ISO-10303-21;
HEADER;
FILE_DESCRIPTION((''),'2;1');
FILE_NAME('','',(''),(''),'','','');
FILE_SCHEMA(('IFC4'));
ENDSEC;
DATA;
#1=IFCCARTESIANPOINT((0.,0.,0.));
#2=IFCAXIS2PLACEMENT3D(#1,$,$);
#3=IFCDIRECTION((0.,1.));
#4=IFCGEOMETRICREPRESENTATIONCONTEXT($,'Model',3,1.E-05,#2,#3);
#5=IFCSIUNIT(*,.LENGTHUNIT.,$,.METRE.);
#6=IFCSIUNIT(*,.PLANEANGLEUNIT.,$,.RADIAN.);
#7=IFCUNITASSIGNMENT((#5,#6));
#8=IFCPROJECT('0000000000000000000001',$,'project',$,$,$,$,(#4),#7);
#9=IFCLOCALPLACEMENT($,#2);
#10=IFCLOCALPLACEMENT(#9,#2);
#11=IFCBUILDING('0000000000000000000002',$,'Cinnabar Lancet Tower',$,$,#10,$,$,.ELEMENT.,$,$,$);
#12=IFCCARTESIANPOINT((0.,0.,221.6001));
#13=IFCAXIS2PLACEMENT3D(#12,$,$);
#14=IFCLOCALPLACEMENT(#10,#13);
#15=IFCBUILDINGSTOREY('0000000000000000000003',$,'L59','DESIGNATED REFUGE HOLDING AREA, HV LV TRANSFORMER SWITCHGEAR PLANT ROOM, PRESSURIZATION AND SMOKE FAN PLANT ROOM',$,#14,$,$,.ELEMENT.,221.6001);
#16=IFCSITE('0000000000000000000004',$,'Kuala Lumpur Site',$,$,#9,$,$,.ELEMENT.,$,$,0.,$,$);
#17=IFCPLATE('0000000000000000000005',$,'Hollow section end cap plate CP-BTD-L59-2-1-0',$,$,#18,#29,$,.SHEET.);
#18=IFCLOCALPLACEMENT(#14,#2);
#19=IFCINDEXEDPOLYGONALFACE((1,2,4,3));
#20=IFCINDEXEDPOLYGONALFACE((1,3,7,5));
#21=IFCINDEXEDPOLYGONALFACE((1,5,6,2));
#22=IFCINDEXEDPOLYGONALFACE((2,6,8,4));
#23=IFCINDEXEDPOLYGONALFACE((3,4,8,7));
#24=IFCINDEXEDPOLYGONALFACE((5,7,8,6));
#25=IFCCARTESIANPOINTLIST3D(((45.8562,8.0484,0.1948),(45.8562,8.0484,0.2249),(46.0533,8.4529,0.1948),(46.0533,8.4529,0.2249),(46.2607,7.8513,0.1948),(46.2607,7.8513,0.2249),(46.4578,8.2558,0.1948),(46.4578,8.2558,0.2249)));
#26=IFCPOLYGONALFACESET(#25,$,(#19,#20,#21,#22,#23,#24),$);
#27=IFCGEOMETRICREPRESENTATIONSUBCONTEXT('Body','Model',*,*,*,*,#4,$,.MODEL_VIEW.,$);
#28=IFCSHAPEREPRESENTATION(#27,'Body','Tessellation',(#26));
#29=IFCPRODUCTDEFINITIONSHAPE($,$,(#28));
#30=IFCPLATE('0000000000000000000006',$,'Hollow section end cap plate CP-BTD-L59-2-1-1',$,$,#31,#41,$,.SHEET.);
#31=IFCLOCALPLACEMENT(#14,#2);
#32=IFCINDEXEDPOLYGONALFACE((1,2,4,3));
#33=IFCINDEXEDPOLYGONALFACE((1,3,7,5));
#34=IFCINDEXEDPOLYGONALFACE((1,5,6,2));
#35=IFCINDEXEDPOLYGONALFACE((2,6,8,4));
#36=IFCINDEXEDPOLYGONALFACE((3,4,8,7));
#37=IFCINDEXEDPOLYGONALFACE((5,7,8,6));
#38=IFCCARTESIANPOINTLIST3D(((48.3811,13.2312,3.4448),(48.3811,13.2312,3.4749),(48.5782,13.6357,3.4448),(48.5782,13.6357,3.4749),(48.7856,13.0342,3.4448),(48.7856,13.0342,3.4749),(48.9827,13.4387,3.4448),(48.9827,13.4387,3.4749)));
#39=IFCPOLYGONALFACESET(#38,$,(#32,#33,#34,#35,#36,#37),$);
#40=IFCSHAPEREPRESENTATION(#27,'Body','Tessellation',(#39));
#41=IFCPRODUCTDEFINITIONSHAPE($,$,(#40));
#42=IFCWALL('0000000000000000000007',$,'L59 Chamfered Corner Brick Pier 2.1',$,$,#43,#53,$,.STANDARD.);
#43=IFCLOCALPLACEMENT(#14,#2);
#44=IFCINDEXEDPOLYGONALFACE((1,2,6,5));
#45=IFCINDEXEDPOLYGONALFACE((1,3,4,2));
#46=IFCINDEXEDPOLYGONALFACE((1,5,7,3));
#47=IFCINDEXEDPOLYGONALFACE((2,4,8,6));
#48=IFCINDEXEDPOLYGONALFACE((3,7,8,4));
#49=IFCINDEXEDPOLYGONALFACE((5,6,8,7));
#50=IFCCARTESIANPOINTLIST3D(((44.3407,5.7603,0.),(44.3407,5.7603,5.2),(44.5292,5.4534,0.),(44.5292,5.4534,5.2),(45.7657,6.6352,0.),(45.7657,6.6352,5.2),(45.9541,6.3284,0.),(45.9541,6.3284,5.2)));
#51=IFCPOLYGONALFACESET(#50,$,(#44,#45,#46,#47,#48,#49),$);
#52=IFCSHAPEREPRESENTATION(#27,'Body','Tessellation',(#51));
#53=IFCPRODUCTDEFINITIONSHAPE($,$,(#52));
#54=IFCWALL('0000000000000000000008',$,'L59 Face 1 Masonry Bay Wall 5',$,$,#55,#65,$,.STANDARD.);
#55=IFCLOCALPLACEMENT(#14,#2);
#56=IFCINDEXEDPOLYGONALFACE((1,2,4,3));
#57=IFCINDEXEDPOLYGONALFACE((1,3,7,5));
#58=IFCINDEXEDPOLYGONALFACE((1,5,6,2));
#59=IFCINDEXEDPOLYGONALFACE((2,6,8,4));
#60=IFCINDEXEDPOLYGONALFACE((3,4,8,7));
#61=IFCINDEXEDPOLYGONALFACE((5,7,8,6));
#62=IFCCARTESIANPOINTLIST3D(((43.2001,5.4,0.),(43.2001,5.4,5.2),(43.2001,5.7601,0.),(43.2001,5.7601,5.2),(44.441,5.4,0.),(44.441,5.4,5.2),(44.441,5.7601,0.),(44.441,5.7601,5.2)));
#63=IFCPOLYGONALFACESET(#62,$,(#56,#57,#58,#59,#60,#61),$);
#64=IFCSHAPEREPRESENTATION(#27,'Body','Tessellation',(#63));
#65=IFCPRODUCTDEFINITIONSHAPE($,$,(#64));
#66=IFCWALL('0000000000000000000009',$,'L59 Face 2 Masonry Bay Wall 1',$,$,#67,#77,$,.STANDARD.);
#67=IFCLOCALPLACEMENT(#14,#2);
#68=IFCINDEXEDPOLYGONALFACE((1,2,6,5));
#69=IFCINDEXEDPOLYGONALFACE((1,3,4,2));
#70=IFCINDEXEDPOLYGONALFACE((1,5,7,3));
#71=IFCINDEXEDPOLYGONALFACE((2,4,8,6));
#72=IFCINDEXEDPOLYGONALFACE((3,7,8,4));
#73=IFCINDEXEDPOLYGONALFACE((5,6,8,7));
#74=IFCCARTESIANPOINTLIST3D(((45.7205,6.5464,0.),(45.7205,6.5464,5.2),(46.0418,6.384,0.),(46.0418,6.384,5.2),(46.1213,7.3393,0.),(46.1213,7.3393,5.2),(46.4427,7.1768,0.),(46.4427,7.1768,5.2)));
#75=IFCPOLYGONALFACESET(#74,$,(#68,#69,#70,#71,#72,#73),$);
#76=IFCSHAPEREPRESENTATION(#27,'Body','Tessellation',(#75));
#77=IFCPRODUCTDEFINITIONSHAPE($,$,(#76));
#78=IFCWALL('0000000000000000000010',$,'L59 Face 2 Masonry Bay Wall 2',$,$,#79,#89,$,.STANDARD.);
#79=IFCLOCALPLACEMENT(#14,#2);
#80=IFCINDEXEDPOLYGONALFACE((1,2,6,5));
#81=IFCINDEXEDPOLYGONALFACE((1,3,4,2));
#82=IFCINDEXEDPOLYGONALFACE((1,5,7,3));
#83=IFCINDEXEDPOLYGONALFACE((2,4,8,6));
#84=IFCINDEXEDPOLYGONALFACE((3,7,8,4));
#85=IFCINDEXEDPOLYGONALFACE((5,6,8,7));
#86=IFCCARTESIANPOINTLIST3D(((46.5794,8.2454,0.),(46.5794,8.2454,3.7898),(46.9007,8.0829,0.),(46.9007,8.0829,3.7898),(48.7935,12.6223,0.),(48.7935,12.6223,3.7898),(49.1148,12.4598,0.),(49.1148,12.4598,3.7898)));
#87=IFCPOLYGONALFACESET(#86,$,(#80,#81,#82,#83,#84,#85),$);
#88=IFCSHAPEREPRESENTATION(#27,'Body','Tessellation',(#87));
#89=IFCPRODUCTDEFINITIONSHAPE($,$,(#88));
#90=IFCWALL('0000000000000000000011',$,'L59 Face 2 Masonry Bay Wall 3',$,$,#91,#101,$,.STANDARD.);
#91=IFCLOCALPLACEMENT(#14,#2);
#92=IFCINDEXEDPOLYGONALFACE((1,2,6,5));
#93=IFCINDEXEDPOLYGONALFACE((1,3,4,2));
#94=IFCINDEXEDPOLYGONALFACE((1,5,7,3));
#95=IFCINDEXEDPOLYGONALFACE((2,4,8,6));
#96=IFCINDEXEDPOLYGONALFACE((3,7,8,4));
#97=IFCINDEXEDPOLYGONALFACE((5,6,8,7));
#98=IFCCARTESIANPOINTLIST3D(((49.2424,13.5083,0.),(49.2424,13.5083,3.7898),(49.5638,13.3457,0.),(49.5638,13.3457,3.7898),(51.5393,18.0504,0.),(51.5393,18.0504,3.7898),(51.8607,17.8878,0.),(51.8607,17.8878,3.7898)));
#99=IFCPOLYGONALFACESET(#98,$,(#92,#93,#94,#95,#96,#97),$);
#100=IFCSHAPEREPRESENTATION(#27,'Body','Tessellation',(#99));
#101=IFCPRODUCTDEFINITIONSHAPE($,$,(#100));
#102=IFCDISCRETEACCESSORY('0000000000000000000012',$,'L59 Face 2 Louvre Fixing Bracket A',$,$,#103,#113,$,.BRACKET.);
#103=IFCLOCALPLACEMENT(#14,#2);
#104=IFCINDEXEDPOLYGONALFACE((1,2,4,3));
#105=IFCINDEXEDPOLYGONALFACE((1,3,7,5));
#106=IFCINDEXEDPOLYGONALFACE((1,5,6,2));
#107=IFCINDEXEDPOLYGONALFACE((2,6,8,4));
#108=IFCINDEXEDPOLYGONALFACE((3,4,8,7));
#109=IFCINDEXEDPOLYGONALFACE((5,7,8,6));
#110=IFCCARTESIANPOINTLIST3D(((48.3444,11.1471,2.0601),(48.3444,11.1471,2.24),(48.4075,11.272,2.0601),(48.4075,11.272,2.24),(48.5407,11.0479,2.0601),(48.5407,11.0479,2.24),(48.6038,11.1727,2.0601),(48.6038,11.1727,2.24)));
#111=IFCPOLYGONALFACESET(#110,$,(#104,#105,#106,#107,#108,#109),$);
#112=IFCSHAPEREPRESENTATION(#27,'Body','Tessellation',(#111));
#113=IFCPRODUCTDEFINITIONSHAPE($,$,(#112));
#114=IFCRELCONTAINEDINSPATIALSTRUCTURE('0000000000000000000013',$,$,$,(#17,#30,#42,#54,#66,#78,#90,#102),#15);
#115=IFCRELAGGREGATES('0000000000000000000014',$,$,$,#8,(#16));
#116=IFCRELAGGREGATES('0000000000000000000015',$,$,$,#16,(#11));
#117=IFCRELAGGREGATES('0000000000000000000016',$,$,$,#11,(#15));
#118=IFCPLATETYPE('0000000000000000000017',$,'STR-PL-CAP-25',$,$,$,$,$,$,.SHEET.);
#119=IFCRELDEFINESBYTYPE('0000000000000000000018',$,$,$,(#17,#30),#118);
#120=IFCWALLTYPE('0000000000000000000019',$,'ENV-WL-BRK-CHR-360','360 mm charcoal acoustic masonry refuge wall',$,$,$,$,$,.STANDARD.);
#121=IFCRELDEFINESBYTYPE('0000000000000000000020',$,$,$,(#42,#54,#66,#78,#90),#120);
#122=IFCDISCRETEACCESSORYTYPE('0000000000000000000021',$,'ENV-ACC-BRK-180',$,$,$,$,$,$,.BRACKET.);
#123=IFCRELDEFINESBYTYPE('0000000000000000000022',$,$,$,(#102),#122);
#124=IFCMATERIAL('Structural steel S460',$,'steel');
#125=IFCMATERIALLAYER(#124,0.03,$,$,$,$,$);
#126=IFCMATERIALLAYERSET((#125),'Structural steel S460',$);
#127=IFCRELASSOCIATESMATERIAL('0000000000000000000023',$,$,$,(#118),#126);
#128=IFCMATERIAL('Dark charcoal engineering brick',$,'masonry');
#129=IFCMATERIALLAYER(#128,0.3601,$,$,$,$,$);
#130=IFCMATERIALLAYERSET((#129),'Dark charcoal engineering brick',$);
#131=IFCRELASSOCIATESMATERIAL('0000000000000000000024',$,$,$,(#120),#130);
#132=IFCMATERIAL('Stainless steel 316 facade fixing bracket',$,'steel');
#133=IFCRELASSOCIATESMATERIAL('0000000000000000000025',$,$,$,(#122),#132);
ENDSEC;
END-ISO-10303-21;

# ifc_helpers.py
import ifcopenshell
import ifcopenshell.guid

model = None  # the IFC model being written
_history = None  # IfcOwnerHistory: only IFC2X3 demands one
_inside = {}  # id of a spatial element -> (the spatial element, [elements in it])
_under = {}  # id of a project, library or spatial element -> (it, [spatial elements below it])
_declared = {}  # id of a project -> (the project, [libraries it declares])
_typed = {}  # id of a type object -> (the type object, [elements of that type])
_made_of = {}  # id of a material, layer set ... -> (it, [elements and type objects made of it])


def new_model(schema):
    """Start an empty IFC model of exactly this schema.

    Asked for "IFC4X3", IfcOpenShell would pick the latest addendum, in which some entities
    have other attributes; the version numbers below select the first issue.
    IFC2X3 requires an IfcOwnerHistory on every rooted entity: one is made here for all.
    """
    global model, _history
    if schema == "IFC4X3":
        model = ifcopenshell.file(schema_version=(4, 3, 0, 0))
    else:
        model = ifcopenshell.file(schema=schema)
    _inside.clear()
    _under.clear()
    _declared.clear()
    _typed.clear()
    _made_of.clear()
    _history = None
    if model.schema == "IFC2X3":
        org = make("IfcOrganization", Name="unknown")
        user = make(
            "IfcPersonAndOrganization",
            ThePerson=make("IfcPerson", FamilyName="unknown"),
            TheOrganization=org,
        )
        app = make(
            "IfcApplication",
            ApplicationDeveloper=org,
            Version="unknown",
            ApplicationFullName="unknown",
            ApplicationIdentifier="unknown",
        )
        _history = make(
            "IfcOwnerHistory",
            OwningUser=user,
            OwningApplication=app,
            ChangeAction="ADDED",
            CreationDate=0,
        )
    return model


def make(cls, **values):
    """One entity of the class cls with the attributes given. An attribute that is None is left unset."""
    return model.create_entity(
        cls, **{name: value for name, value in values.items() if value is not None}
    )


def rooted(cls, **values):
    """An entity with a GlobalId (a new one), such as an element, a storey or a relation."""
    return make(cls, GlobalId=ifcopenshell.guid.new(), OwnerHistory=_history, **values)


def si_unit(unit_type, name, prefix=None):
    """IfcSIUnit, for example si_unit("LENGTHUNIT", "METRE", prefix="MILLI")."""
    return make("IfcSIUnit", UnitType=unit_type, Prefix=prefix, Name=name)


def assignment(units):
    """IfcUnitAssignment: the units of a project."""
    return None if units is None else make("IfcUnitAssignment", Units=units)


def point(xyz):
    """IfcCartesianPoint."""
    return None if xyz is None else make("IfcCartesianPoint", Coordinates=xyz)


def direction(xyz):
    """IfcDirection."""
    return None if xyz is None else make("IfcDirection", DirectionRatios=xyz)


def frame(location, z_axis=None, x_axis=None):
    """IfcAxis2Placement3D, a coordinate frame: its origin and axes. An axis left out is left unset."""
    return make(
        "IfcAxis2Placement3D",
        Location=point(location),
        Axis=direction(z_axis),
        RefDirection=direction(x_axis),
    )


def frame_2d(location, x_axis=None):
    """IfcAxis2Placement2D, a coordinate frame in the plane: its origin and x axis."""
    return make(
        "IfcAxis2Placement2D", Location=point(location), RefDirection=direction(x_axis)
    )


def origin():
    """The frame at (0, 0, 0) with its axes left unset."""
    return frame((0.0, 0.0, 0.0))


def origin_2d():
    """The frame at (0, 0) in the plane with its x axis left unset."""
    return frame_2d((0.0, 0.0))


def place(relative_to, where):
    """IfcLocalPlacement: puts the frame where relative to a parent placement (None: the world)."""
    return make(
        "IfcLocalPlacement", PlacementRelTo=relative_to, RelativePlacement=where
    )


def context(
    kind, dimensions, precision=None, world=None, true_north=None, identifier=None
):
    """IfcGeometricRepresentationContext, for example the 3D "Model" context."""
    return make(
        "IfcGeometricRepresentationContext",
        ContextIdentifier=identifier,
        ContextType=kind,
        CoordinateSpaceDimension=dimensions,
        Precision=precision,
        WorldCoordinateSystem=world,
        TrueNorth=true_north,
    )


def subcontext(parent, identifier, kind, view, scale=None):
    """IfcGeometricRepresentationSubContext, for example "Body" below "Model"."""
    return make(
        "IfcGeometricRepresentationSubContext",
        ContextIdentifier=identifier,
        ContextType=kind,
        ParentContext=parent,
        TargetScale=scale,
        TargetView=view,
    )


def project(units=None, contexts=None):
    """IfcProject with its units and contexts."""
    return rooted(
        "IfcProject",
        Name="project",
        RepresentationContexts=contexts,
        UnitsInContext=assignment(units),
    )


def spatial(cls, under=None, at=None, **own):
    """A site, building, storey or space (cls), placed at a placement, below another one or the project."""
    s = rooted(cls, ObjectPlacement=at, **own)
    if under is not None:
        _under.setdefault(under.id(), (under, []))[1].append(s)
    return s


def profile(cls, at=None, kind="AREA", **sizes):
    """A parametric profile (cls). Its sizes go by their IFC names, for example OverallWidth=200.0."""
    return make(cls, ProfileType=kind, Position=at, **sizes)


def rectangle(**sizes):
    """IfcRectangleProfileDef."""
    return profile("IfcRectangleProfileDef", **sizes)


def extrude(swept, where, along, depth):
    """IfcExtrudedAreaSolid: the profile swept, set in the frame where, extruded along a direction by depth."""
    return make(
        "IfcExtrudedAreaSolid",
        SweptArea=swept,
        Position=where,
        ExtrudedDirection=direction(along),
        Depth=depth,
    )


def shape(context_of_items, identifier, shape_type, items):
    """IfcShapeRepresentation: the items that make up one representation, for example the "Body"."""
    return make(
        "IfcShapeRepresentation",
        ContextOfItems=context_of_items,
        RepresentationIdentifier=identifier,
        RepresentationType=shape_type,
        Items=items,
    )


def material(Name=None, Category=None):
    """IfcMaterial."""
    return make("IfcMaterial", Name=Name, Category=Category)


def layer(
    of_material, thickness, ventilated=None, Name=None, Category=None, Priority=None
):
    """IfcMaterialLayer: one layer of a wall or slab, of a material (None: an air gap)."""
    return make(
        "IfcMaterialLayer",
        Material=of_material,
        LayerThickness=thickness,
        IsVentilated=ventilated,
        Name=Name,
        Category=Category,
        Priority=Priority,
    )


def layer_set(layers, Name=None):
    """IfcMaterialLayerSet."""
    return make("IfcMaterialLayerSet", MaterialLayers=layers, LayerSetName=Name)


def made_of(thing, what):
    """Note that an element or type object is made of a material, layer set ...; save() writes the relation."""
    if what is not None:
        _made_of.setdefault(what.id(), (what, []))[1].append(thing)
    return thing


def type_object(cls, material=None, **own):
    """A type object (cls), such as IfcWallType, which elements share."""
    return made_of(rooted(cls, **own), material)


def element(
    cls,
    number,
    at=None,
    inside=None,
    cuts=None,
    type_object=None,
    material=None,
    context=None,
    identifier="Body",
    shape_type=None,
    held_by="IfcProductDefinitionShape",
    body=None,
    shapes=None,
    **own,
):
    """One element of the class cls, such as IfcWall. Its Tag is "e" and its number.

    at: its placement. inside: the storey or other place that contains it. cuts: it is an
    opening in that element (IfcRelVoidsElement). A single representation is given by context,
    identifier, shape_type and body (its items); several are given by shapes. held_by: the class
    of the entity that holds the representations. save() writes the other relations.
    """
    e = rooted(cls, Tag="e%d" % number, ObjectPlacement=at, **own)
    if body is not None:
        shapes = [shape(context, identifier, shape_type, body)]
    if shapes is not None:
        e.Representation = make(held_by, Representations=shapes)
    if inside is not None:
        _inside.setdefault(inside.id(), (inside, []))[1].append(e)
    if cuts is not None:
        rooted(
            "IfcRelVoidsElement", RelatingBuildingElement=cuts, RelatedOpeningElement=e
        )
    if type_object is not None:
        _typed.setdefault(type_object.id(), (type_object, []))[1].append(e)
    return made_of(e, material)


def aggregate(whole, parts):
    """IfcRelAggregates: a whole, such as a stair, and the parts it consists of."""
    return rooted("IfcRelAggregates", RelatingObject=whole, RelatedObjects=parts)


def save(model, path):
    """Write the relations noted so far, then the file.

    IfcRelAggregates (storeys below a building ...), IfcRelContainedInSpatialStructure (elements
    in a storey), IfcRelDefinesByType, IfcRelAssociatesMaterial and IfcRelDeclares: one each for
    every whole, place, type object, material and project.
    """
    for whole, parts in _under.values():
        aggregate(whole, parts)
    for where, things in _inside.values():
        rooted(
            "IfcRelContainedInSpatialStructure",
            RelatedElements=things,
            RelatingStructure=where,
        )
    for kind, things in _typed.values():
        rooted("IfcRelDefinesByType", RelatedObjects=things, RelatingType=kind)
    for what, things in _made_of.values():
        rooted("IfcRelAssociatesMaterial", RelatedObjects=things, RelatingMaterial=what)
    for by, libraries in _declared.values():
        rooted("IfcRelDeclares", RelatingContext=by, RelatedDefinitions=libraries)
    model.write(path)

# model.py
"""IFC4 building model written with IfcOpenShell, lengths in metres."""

from ifc_helpers import new_model, si_unit, direction, frame, frame_2d, origin, origin_2d, place, context, subcontext, project, spatial, rectangle, extrude, material, layer, layer_set, type_object, element, save


model = new_model("IFC4")

# Units and contexts
model_context = context("Model", 3, precision=1e-05, world=origin(), true_north=direction((0.0, 1.0)))
body_context = subcontext(model_context, "Body", "Model", "MODEL_VIEW")
ifc_project = project(units=[si_unit("LENGTHUNIT", "METRE"), si_unit("PLANEANGLEUNIT", "RADIAN")], contexts=[model_context])

# Site, building, storey
site_placement = place(None, origin())
site = spatial("IfcSite", under=ifc_project, at=site_placement, Name="Kuala Lumpur Site", CompositionType="ELEMENT", RefElevation=0.0)
building_placement = place(site_placement, origin())
building = spatial("IfcBuilding", under=site, at=building_placement, Name="Cinnabar Lancet Tower", CompositionType="ELEMENT")
storey_placement = place(building_placement, frame((0.0, 0.0, 221.6001)))
storey = spatial("IfcBuildingStorey", under=building, at=storey_placement, Name="L59", Description="DESIGNATED REFUGE HOLDING AREA, HV LV TRANSFORMER SWITCHGEAR PLANT ROOM, PRESSURIZATION AND SMOKE FAN PLANT ROOM", CompositionType="ELEMENT", Elevation=221.6001)

# Plates
ifc_material_1 = material(Name="Structural steel S460", Category="steel")
ifc_layer_1 = layer(ifc_material_1, 0.03)
ifc_layer_set_1 = layer_set([ifc_layer_1], Name="Structural steel S460")
plate_type = type_object("IfcPlateType", Name="STR-PL-CAP-25", PredefinedType="SHEET", material=ifc_layer_set_1)
for number, where, z_axis, x_axis, name in (
    (1, (46.157, 8.1521, 0.1948), (0.0, 0.0, 1.0), (-0.437963, -0.898993, 0.0), "Hollow section end cap plate CP-BTD-L59-2-1-0"),
    (2, (48.6819, 13.335, 3.4448), (0.0, 0.0, 1.0), (0.437963, 0.898993, 0.0), "Hollow section end cap plate CP-BTD-L59-2-1-1"),
):
    element("IfcPlate", number, at=place(storey_placement, frame(where, z_axis=z_axis, x_axis=x_axis)), inside=storey, type_object=plate_type, Name=name, PredefinedType="SHEET", context=body_context, shape_type="SweptSolid", body=[
        extrude(rectangle(XDim=0.45, YDim=0.45, at=origin_2d()), origin(), (0.0, 0.0, 1.0), 0.03),
    ])

# Walls
ifc_material_2 = material(Name="Dark charcoal engineering brick", Category="masonry")
ifc_layer_2 = layer(ifc_material_2, 0.3601)
ifc_layer_set_2 = layer_set([ifc_layer_2], Name="Dark charcoal engineering brick")
wall_type = type_object("IfcWallType", Name="ENV-WL-BRK-CHR-360", Description="360 mm charcoal acoustic masonry refuge wall", PredefinedType="STANDARD", material=ifc_layer_set_2)
wall_1_placement = place(storey_placement, frame((44.4351, 5.6069, 0.0), z_axis=(0.0, 0.0, 1.0), x_axis=(0.852179, 0.52325, 0.0)))
element("IfcWall", 3, at=wall_1_placement, inside=storey, type_object=wall_type, Name="L59 Chamfered Corner Brick Pier 2.1", PredefinedType="STANDARD", context=body_context, shape_type="SweptSolid", body=[
    extrude(rectangle(XDim=1.6721, YDim=0.3601, at=frame_2d((0.8359, 0.0))), origin(), (0.0, 0.0, 1.0), 5.2),
])
wall_2_placement = place(storey_placement, frame((43.2, 5.5801, 0.0), z_axis=(0.0, 0.0, 1.0), x_axis=(1.0, 0.0, 0.0)))
element("IfcWall", 4, at=wall_2_placement, inside=storey, type_object=wall_type, Name="L59 Face 1 Masonry Bay Wall 5", PredefinedType="STANDARD", context=body_context, shape_type="SweptSolid", body=[
    extrude(rectangle(XDim=1.241, YDim=0.3601, at=frame_2d((0.6206, 0.0))), origin(), (0.0, 0.0, 1.0), 5.2),
])
wall_3_placement = place(storey_placement, frame((45.8811, 6.4651, 0.0), z_axis=(0.0, 0.0, 1.0), x_axis=(0.451166, 0.89244, 0.0)))
element("IfcWall", 5, at=wall_3_placement, inside=storey, type_object=wall_type, Name="L59 Face 2 Masonry Bay Wall 1", PredefinedType="STANDARD", context=body_context, shape_type="SweptSolid", body=[
    extrude(rectangle(XDim=0.8884, YDim=0.3601, at=frame_2d((0.4443, 0.0))), origin(), (0.0, 0.0, 1.0), 5.2),
])
wall_4_placement = place(storey_placement, frame((46.74, 8.1641, 0.0), z_axis=(0.0, 0.0, 1.0), x_axis=(0.45139, 0.892327, 0.0)))
element("IfcWall", 6, at=wall_4_placement, inside=storey, type_object=wall_type, Name="L59 Face 2 Masonry Bay Wall 2", PredefinedType="STANDARD", context=body_context, shape_type="SweptSolid", body=[
    extrude(rectangle(XDim=4.905, YDim=0.3601, at=frame_2d((2.4526, 0.0))), origin(), (0.0, 0.0, 1.0), 3.7898),
])
wall_5_placement = place(storey_placement, frame((49.4031, 13.427, 0.0), z_axis=(0.0, 0.0, 1.0), x_axis=(0.451277, 0.892384, 0.0)))
element("IfcWall", 7, at=wall_5_placement, inside=storey, type_object=wall_type, Name="L59 Face 2 Masonry Bay Wall 3", PredefinedType="STANDARD", context=body_context, shape_type="SweptSolid", body=[
    extrude(rectangle(XDim=5.0898, YDim=0.3601, at=frame_2d((2.5449, 0.0))), origin(), (0.0, 0.0, 1.0), 3.7898),
])

# Discrete accessory
ifc_material_3 = material(Name="Stainless steel 316 facade fixing bracket", Category="steel")
discrete_accessory_type = type_object("IfcDiscreteAccessoryType", Name="ENV-ACC-BRK-180", PredefinedType="BRACKET", material=ifc_material_3)
discrete_accessory_placement = place(storey_placement, frame((48.4741, 11.1599, 2.0601), z_axis=(0.0, 0.0, 1.0), x_axis=(0.451376, 0.892334, 0.0)))
element("IfcDiscreteAccessory", 8, at=discrete_accessory_placement, inside=storey, type_object=discrete_accessory_type, Name="L59 Face 2 Louvre Fixing Bracket A", PredefinedType="BRACKET", context=body_context, shape_type="SweptSolid", body=[
    extrude(rectangle(XDim=0.1399, YDim=0.22, at=origin_2d()), origin(), (0.0, 0.0, 1.0), 0.1799),
])

save(model, "model.ifc")
